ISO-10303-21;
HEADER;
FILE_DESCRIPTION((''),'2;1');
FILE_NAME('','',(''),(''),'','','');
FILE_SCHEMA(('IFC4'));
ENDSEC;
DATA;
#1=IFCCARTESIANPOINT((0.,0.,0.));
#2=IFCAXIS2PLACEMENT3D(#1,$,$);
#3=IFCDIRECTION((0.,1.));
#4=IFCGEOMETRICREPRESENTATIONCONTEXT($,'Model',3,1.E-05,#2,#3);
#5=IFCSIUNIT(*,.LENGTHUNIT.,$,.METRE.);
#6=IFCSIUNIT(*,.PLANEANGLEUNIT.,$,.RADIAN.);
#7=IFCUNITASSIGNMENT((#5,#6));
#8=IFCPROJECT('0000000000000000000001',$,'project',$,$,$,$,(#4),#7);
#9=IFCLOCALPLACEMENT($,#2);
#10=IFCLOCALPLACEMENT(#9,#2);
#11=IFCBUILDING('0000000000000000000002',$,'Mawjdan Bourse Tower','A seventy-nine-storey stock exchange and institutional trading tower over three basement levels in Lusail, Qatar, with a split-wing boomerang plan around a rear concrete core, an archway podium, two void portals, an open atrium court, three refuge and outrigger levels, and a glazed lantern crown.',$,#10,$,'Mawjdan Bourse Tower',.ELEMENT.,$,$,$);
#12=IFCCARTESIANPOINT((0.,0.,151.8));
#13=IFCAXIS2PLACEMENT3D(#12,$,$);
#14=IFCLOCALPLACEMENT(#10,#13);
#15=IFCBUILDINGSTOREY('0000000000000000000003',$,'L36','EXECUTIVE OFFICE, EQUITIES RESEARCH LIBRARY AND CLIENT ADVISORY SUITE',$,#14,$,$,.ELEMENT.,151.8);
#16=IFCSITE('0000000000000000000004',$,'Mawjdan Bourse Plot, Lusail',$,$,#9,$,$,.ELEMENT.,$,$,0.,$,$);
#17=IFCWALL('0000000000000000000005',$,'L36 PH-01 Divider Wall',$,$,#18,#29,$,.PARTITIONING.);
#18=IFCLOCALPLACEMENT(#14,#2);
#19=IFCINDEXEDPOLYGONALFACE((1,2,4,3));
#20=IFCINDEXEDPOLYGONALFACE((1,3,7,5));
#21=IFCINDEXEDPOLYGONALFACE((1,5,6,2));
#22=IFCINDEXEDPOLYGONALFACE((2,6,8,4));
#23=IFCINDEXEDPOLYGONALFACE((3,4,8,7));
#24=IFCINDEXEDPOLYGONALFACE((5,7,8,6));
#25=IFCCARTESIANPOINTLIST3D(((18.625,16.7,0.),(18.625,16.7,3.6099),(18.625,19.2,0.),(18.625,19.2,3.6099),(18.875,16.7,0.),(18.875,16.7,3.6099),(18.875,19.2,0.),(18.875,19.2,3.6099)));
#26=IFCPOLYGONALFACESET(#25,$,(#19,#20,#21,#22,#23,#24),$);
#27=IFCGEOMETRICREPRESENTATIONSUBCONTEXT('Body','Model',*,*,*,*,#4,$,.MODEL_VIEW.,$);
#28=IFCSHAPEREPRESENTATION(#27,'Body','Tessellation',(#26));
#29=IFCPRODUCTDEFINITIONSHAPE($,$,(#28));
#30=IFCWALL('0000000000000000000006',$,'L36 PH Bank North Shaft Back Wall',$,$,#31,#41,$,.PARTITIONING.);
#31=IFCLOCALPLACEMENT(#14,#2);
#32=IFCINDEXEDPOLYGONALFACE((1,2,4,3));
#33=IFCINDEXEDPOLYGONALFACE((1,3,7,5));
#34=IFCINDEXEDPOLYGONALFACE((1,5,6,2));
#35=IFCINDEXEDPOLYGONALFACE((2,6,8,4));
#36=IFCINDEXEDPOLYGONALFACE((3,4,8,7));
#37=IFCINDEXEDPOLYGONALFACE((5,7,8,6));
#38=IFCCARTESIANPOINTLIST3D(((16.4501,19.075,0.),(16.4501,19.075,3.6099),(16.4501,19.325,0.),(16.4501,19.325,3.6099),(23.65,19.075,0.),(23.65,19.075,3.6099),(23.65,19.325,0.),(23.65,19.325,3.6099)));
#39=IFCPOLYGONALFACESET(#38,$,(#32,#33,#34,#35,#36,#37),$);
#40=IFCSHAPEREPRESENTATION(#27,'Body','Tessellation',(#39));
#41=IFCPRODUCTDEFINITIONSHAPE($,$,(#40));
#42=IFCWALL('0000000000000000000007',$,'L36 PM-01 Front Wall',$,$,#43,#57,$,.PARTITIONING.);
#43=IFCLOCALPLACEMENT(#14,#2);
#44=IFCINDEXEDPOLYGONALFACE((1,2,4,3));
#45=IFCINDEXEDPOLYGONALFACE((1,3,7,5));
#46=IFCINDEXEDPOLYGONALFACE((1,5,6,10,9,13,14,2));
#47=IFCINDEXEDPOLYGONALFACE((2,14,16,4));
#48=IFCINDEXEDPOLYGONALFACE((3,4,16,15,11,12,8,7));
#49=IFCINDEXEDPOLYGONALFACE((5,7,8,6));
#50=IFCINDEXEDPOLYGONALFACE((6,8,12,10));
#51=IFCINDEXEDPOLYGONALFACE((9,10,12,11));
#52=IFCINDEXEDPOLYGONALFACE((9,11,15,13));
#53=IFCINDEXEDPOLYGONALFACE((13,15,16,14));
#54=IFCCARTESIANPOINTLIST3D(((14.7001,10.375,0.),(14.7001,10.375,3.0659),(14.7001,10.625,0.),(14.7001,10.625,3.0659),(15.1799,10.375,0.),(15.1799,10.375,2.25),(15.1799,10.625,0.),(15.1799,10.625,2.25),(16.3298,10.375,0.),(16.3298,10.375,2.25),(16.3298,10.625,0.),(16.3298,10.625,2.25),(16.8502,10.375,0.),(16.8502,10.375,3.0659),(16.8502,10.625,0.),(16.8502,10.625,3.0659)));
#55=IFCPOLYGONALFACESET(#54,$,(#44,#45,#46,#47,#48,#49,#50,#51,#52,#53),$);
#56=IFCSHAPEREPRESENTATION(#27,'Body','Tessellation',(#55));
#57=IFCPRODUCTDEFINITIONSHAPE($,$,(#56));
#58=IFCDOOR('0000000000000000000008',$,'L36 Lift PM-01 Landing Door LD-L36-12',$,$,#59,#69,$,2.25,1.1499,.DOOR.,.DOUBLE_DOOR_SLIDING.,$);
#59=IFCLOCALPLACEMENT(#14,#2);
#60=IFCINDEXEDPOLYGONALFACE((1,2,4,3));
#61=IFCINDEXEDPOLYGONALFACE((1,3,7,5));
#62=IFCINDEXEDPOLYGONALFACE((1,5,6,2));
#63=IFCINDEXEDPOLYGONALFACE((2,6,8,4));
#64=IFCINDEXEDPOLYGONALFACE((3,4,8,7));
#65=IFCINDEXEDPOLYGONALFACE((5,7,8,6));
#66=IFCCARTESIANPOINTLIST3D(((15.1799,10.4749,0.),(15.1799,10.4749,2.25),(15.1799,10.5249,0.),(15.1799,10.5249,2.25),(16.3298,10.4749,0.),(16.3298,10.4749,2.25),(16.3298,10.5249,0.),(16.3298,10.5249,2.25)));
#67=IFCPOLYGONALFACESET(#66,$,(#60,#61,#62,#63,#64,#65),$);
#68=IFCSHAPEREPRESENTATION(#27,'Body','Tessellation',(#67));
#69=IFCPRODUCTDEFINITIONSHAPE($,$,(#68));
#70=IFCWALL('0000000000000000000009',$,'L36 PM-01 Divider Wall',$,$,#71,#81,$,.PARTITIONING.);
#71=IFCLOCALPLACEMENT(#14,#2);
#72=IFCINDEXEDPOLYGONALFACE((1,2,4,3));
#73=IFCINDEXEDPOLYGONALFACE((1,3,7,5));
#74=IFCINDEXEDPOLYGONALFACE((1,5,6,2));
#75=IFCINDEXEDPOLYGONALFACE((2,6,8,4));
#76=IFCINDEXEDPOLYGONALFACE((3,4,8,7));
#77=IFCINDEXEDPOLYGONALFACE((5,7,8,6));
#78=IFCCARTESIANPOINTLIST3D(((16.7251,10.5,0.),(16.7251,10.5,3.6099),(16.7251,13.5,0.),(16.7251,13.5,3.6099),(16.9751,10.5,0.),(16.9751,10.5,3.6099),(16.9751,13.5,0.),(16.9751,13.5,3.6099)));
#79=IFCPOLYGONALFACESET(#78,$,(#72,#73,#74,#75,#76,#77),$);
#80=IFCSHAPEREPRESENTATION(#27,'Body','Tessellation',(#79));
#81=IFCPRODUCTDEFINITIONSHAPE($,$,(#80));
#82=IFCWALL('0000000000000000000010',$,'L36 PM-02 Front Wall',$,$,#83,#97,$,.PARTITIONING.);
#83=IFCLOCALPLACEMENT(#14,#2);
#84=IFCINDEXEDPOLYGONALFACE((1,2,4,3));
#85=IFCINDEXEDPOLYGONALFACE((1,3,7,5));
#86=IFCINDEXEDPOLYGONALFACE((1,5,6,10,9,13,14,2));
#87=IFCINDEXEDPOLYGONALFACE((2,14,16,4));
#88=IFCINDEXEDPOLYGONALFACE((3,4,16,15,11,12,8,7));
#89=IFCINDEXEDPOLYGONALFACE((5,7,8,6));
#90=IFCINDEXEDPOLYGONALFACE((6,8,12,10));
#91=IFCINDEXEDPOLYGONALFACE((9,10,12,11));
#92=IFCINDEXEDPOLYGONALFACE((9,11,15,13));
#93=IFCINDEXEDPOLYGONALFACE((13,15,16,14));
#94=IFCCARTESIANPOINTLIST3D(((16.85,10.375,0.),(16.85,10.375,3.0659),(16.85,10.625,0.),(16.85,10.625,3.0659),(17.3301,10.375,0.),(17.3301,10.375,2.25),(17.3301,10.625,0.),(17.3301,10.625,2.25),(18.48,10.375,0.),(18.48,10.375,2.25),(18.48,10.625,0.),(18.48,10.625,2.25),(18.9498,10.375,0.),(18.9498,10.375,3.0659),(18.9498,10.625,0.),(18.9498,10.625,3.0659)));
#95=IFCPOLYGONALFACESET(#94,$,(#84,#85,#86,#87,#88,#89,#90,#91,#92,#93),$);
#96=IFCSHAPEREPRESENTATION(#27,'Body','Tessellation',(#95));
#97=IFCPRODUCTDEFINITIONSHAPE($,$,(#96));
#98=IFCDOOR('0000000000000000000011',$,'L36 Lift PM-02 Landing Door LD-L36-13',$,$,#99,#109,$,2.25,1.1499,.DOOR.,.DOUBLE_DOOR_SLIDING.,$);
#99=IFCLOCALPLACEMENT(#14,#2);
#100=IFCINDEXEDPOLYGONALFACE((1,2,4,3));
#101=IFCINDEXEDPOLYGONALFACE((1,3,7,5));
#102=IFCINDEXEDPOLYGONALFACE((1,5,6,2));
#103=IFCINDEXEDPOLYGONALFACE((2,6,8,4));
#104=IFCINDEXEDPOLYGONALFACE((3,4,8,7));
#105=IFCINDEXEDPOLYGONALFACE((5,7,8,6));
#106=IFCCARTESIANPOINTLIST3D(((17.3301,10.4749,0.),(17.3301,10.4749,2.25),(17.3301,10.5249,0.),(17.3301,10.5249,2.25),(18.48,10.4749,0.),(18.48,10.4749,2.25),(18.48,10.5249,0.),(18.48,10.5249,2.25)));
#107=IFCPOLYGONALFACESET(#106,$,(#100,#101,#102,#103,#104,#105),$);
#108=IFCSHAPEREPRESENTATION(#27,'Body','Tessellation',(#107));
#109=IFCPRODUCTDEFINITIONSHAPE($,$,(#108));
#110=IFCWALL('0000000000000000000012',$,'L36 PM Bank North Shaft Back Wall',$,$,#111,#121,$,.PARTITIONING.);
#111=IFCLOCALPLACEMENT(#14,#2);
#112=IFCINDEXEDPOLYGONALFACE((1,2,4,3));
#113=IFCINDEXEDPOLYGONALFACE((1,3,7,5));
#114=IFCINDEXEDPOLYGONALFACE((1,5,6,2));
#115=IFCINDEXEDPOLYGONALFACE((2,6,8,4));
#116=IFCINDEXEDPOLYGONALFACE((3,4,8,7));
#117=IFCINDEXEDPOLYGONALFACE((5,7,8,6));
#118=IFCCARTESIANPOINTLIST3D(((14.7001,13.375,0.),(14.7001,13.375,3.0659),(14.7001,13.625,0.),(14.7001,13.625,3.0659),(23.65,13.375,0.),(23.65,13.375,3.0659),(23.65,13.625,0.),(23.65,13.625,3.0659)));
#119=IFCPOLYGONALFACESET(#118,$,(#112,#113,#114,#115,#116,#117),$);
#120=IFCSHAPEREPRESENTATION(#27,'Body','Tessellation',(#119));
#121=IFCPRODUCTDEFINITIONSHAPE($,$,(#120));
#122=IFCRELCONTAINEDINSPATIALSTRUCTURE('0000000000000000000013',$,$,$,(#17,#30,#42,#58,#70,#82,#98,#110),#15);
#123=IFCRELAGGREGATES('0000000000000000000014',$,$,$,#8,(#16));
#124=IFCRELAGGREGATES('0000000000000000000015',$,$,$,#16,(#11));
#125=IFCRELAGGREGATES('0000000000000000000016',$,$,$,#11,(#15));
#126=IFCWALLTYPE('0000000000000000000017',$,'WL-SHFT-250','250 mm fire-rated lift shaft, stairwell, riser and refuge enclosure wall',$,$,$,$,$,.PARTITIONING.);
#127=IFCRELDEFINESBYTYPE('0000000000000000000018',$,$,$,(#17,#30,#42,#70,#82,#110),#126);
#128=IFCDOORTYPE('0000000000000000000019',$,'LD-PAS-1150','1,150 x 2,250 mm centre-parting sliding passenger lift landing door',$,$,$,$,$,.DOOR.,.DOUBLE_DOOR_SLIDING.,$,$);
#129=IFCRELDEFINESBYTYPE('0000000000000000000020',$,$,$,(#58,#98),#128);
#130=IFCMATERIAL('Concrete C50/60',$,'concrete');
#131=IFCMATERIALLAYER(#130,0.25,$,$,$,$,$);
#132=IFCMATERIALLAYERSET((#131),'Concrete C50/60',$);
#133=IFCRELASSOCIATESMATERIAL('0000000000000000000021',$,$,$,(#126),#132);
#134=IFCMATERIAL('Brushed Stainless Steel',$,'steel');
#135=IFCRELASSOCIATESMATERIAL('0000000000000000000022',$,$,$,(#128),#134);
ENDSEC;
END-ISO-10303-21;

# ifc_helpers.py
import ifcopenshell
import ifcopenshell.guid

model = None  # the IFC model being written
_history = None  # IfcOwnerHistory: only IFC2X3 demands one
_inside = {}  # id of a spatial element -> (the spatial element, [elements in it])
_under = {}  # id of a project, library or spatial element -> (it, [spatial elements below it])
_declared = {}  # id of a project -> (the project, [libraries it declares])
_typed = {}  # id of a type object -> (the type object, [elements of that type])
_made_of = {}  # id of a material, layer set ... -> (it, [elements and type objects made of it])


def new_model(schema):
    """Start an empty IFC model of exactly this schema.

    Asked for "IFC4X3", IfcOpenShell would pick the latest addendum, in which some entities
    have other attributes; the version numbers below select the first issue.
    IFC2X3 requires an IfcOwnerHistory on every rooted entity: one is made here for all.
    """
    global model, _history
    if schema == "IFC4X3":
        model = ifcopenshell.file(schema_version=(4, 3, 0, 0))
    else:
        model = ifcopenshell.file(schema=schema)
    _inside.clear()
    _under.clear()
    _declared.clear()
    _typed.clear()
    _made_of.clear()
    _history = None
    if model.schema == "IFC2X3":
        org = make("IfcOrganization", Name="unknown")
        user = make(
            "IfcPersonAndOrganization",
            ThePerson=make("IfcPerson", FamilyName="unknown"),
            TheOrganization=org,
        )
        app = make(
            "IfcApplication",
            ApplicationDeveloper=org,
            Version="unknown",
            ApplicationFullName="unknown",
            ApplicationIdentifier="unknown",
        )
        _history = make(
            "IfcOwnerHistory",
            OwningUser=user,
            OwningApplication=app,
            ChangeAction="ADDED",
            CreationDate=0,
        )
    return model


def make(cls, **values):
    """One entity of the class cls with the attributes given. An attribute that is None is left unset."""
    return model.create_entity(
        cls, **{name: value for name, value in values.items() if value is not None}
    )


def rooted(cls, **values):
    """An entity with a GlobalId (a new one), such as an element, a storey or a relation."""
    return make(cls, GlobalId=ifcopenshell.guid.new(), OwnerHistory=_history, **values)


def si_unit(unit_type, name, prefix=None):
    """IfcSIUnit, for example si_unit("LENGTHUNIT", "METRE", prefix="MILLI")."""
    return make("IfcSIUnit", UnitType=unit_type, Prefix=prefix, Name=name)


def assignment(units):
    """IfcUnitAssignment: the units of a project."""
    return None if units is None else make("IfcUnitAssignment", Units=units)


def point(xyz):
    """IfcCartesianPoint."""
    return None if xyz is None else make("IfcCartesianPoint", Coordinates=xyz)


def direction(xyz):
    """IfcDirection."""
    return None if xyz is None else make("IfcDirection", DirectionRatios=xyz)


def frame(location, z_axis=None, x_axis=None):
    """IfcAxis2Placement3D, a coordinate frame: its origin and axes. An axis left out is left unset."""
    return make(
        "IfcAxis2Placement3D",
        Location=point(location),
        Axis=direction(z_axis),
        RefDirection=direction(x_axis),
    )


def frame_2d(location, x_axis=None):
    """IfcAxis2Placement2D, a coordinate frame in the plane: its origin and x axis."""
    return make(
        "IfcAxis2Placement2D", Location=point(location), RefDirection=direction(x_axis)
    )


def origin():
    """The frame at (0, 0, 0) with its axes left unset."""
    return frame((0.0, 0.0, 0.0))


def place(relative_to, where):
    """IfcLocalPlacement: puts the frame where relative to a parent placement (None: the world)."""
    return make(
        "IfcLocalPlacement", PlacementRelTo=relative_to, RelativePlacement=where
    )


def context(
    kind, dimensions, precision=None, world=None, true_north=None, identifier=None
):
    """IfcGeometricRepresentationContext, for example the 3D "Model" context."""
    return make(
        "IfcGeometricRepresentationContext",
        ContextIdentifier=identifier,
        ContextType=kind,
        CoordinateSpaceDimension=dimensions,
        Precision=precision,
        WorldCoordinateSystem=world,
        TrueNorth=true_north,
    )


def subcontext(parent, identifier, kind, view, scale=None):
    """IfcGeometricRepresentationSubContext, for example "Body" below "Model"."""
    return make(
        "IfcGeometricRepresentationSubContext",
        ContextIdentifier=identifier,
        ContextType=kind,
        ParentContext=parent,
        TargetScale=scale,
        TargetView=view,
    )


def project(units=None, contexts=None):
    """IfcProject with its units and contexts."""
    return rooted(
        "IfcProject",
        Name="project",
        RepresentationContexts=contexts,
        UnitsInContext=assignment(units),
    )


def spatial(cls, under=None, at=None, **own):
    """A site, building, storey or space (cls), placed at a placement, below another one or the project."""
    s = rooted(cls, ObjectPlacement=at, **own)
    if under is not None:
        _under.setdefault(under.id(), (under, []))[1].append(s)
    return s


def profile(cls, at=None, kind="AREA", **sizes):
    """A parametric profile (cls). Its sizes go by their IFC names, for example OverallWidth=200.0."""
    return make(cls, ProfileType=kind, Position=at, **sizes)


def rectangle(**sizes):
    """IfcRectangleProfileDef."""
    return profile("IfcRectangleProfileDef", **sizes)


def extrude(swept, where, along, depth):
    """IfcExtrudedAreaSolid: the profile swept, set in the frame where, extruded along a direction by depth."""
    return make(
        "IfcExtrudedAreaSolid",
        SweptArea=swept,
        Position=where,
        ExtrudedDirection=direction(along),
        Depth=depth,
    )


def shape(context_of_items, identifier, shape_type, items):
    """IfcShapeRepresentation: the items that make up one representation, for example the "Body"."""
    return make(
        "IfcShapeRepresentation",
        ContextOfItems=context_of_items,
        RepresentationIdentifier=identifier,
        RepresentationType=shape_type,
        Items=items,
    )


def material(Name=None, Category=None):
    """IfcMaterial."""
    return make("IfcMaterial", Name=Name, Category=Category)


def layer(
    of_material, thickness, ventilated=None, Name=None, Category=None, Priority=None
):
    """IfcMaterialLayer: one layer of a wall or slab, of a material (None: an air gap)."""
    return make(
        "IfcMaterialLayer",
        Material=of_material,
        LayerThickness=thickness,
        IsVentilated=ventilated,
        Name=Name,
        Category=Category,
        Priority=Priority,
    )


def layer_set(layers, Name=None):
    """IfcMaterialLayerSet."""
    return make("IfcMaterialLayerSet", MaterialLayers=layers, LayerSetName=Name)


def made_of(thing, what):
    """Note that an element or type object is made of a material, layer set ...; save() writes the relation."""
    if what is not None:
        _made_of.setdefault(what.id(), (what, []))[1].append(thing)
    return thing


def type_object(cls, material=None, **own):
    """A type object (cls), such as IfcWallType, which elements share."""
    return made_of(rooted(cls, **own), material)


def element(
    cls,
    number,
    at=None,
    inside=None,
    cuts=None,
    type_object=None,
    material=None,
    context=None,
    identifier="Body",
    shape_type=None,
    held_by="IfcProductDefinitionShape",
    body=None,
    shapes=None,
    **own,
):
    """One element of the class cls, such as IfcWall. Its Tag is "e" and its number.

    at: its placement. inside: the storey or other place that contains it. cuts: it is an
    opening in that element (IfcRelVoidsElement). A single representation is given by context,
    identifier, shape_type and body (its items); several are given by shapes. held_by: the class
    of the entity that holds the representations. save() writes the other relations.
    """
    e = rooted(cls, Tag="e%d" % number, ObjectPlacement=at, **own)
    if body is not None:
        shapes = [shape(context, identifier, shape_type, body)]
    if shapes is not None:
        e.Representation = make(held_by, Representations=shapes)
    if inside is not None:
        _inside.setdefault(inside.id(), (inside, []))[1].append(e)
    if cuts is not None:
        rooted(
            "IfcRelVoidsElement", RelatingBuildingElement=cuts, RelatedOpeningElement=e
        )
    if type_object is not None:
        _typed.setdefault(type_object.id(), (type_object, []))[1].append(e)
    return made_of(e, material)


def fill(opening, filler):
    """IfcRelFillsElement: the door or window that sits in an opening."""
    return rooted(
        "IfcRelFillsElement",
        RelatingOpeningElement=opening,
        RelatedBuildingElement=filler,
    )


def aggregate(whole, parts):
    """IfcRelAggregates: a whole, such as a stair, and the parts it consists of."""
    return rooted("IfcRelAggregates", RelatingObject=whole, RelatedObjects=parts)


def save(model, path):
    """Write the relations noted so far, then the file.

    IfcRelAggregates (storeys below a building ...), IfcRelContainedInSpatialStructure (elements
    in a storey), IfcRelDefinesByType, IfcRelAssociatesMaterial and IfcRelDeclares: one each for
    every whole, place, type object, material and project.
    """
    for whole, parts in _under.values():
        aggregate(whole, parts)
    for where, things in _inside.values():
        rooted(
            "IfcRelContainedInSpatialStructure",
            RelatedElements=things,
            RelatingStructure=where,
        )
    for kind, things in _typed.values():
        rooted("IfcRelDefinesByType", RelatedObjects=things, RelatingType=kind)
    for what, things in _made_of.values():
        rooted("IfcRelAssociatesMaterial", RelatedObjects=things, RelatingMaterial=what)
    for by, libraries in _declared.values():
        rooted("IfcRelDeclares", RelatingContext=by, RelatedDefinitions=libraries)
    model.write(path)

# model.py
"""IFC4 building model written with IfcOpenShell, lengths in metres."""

from ifc_helpers import new_model, si_unit, direction, frame, frame_2d, origin, place, context, subcontext, project, spatial, rectangle, extrude, material, layer, layer_set, type_object, element, fill, save


model = new_model("IFC4")

# Units and contexts
model_context = context("Model", 3, precision=1e-05, world=origin(), true_north=direction((0.0, 1.0)))
body_context = subcontext(model_context, "Body", "Model", "MODEL_VIEW")
ifc_project = project(units=[si_unit("LENGTHUNIT", "METRE"), si_unit("PLANEANGLEUNIT", "RADIAN")], contexts=[model_context])

# Site, building, storey
site_placement = place(None, origin())
site = spatial("IfcSite", under=ifc_project, at=site_placement, Name="Mawjdan Bourse Plot, Lusail", CompositionType="ELEMENT", RefElevation=0.0)
building_placement = place(site_placement, origin())
building = spatial("IfcBuilding", under=site, at=building_placement, Name="Mawjdan Bourse Tower", Description="A seventy-nine-storey stock exchange and institutional trading tower over three basement levels in Lusail, Qatar, with a split-wing boomerang plan around a rear concrete core, an archway podium, two void portals, an open atrium court, three refuge and outrigger levels, and a glazed lantern crown.", LongName="Mawjdan Bourse Tower", CompositionType="ELEMENT")
storey_placement = place(building_placement, frame((0.0, 0.0, 151.8)))
storey = spatial("IfcBuildingStorey", under=building, at=storey_placement, Name="L36", Description="EXECUTIVE OFFICE, EQUITIES RESEARCH LIBRARY AND CLIENT ADVISORY SUITE", CompositionType="ELEMENT", Elevation=151.8)

# Shared definitions
ifc_material_1 = material(Name="Concrete C50/60", Category="concrete")
ifc_layer_1 = layer(ifc_material_1, 0.25)
ifc_layer_set_1 = layer_set([ifc_layer_1], Name="Concrete C50/60")
wall_type_1 = type_object("IfcWallType", Name="WL-SHFT-250", Description="250 mm fire-rated lift shaft, stairwell, riser and refuge enclosure wall", PredefinedType="PARTITIONING", material=ifc_layer_set_1)
ifc_material_2 = material(Name="Brushed Stainless Steel", Category="steel")

# Walls
wall_1_placement = place(storey_placement, frame((18.75, 16.7, 0.0), z_axis=(0.0, 0.0, 1.0), x_axis=(0.0, 1.0, 0.0)))
element("IfcWall", 1, at=wall_1_placement, inside=storey, type_object=wall_type_1, Name="L36 PH-01 Divider Wall", PredefinedType="PARTITIONING", context=body_context, shape_type="SweptSolid", body=[
    extrude(rectangle(XDim=2.5, YDim=0.25, at=frame_2d((1.25, 0.0))), origin(), (0.0, 0.0, 1.0), 3.6099),
])
wall_2_placement = place(storey_placement, frame((16.45, 19.2, 0.0), z_axis=(0.0, 0.0, 1.0), x_axis=(1.0, 0.0, 0.0)))
element("IfcWall", 2, at=wall_2_placement, inside=storey, type_object=wall_type_1, Name="L36 PH Bank North Shaft Back Wall", PredefinedType="PARTITIONING", context=body_context, shape_type="SweptSolid", body=[
    extrude(rectangle(XDim=7.2, YDim=0.25, at=frame_2d((3.6001, 0.0))), origin(), (0.0, 0.0, 1.0), 3.6099),
])

# Wall, opening, door
wall_3_placement = place(storey_placement, frame((14.7, 10.5, 0.0), z_axis=(0.0, 0.0, 1.0), x_axis=(1.0, 0.0, 0.0)))
wall_3 = element("IfcWall", 3, at=wall_3_placement, inside=storey, type_object=wall_type_1, Name="L36 PM-01 Front Wall", PredefinedType="PARTITIONING", context=body_context, shape_type="SweptSolid", body=[
    extrude(rectangle(XDim=2.1501, YDim=0.25, at=frame_2d((1.0752, 0.0))), origin(), (0.0, 0.0, 1.0), 3.0659),
])
opening_1_placement = place(wall_3_placement, frame((0.48, 0.0, 0.0)))
opening_1 = element("IfcOpeningElement", 4, at=opening_1_placement, cuts=wall_3, PredefinedType="OPENING", context=body_context, shape_type="SweptSolid", body=[
    extrude(rectangle(XDim=1.1499, YDim=2.25, at=frame_2d((0.575, 1.125))), frame((0.0, 0.135, 0.0), z_axis=(0.0, -1.0, 0.0), x_axis=(1.0, 0.0, 0.0)), (0.0, 0.0, 1.0), 0.27),
])
door_type_1 = type_object("IfcDoorType", Name="LD-PAS-1150", Description="1,150 x 2,250 mm centre-parting sliding passenger lift landing door", OperationType="DOUBLE_DOOR_SLIDING", PredefinedType="DOOR", material=ifc_material_2)
door_1_placement = place(opening_1_placement, origin())
door_1 = element("IfcDoor", 5, at=door_1_placement, inside=storey, type_object=door_type_1, Name="L36 Lift PM-01 Landing Door LD-L36-12", OperationType="DOUBLE_DOOR_SLIDING", OverallHeight=2.25, OverallWidth=1.1499, PredefinedType="DOOR", context=body_context, shape_type="SweptSolid", body=[
    extrude(rectangle(XDim=1.1499, YDim=2.25, at=frame_2d((0.575, 1.125))), frame((0.0, 0.0249, 0.0), z_axis=(0.0, -1.0, 0.0), x_axis=(1.0, 0.0, 0.0)), (0.0, 0.0, 1.0), 0.05),
])
fill(opening_1, door_1)

# Wall
wall_4_placement = place(storey_placement, frame((16.8501, 10.5, 0.0), z_axis=(0.0, 0.0, 1.0), x_axis=(0.0, 1.0, 0.0)))
element("IfcWall", 6, at=wall_4_placement, inside=storey, type_object=wall_type_1, Name="L36 PM-01 Divider Wall", PredefinedType="PARTITIONING", context=body_context, shape_type="SweptSolid", body=[
    extrude(rectangle(XDim=3.0, YDim=0.25, at=frame_2d((1.5, 0.0))), origin(), (0.0, 0.0, 1.0), 3.6099),
])

# Wall, opening, door
wall_5_placement = place(storey_placement, frame((16.8501, 10.5, 0.0), z_axis=(0.0, 0.0, 1.0), x_axis=(1.0, 0.0, 0.0)))
wall_5 = element("IfcWall", 7, at=wall_5_placement, inside=storey, type_object=wall_type_1, Name="L36 PM-02 Front Wall", PredefinedType="PARTITIONING", context=body_context, shape_type="SweptSolid", body=[
    extrude(rectangle(XDim=2.0999, YDim=0.25, at=frame_2d((1.0498, 0.0))), origin(), (0.0, 0.0, 1.0), 3.0659),
])
opening_2_placement = place(wall_5_placement, frame((0.48, 0.0, 0.0)))
opening_2 = element("IfcOpeningElement", 8, at=opening_2_placement, cuts=wall_5, PredefinedType="OPENING", context=body_context, shape_type="SweptSolid", body=[
    extrude(rectangle(XDim=1.1499, YDim=2.25, at=frame_2d((0.575, 1.125))), frame((0.0, 0.135, 0.0), z_axis=(0.0, -1.0, 0.0), x_axis=(1.0, 0.0, 0.0)), (0.0, 0.0, 1.0), 0.27),
])
door_2_placement = place(opening_2_placement, origin())
door_2 = element("IfcDoor", 9, at=door_2_placement, inside=storey, type_object=door_type_1, Name="L36 Lift PM-02 Landing Door LD-L36-13", OperationType="DOUBLE_DOOR_SLIDING", OverallHeight=2.25, OverallWidth=1.1499, PredefinedType="DOOR", context=body_context, shape_type="SweptSolid", body=[
    extrude(rectangle(XDim=1.1499, YDim=2.25, at=frame_2d((0.575, 1.125))), frame((0.0, 0.0249, 0.0), z_axis=(0.0, -1.0, 0.0), x_axis=(1.0, 0.0, 0.0)), (0.0, 0.0, 1.0), 0.05),
])
fill(opening_2, door_2)

# Wall
wall_6_placement = place(storey_placement, frame((14.7, 13.5, 0.0), z_axis=(0.0, 0.0, 1.0), x_axis=(1.0, 0.0, 0.0)))
element("IfcWall", 10, at=wall_6_placement, inside=storey, type_object=wall_type_1, Name="L36 PM Bank North Shaft Back Wall", PredefinedType="PARTITIONING", context=body_context, shape_type="SweptSolid", body=[
    extrude(rectangle(XDim=8.95, YDim=0.25, at=frame_2d((4.4751, 0.0))), origin(), (0.0, 0.0, 1.0), 3.0659),
])

save(model, "model.ifc")
